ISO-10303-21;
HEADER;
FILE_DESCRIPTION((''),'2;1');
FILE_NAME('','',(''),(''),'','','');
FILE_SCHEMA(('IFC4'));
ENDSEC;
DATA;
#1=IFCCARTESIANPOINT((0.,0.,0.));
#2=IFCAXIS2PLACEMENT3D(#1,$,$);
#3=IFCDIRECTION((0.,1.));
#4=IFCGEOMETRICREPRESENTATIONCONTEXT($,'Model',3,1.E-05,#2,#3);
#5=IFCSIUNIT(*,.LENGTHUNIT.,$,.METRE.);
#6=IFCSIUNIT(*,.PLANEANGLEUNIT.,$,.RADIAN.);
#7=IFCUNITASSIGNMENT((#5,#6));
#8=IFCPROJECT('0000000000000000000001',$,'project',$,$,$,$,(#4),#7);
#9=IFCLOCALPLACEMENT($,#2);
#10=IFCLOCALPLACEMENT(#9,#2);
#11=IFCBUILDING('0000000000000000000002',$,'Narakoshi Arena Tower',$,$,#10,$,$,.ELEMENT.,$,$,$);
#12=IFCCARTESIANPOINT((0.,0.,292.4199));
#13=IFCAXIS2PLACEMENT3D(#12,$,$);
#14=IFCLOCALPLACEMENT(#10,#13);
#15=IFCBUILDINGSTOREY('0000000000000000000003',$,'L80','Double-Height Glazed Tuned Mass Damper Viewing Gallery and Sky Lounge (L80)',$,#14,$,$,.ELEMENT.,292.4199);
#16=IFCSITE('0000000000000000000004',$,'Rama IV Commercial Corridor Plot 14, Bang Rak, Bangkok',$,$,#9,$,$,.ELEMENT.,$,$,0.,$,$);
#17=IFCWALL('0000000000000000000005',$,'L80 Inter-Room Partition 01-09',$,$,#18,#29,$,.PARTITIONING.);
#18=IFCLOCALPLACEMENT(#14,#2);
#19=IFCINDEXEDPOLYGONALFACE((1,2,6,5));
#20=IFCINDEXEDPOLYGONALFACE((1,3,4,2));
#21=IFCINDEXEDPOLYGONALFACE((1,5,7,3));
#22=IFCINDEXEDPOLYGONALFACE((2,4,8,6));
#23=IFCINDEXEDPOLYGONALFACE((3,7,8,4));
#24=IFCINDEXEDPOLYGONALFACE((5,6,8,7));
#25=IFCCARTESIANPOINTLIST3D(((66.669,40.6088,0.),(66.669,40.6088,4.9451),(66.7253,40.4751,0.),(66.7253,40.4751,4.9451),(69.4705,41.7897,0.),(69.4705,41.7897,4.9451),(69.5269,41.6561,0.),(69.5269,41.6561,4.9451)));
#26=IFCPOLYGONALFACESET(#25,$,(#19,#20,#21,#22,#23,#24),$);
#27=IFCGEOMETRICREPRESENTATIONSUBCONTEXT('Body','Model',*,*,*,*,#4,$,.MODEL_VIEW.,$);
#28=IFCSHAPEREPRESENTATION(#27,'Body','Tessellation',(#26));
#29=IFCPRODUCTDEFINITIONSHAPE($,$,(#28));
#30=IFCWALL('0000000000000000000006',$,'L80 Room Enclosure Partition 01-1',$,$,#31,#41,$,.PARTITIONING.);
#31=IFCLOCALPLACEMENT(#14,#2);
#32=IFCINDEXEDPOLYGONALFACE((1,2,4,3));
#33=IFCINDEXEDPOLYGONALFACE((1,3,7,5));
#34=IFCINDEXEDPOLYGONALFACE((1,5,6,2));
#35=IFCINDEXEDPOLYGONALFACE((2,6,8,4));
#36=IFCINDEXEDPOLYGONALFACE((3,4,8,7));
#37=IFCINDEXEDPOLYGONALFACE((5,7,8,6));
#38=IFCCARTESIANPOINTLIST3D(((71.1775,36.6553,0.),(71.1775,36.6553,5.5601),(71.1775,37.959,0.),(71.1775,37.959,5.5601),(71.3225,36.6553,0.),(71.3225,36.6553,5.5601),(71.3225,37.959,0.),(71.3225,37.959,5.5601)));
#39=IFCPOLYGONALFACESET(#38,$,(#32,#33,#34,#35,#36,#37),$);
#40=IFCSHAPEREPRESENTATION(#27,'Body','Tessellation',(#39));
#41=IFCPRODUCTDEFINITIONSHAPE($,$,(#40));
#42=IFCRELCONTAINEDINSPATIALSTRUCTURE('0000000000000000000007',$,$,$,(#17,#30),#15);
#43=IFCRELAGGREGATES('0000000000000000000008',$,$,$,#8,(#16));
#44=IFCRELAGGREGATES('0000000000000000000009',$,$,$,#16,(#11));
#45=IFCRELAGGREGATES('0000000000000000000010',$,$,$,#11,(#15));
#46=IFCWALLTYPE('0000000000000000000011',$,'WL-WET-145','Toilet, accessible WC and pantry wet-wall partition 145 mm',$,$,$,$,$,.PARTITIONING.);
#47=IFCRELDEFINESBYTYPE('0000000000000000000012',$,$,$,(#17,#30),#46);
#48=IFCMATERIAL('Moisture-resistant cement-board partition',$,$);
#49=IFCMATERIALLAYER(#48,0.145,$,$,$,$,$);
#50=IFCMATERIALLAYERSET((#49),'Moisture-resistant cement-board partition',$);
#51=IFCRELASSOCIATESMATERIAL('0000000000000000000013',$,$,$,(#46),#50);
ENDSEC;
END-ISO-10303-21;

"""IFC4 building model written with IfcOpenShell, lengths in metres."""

from ifc_helpers import new_model, si_unit, direction, frame, frame_2d, origin, place, context, subcontext, project, spatial, rectangle, extrude, material, layer, layer_set, type_object, element, save


model = new_model("IFC4")

# Units and contexts
model_context = context("Model", 3, precision=1e-05, world=origin(), true_north=direction((0.0, 1.0)))
body_context = subcontext(model_context, "Body", "Model", "MODEL_VIEW")
ifc_project = project(units=[si_unit("LENGTHUNIT", "METRE"), si_unit("PLANEANGLEUNIT", "RADIAN")], contexts=[model_context])

# Site, building, storey
site_placement = place(None, origin())
site = spatial("IfcSite", under=ifc_project, at=site_placement, Name="Rama IV Commercial Corridor Plot 14, Bang Rak, Bangkok", CompositionType="ELEMENT", RefElevation=0.0)
building_placement = place(site_placement, origin())
building = spatial("IfcBuilding", under=site, at=building_placement, Name="Narakoshi Arena Tower", CompositionType="ELEMENT")
storey_placement = place(building_placement, frame((0.0, 0.0, 292.4199)))
storey = spatial("IfcBuildingStorey", under=building, at=storey_placement, Name="L80", Description="Double-Height Glazed Tuned Mass Damper Viewing Gallery and Sky Lounge (L80)", CompositionType="ELEMENT", Elevation=292.4199)

# Shared definitions
ifc_material_1 = material(Name="Moisture-resistant cement-board partition")
ifc_layer_1 = layer(ifc_material_1, 0.145)
ifc_layer_set_1 = layer_set([ifc_layer_1], Name="Moisture-resistant cement-board partition")
wall_type_1 = type_object("IfcWallType", Name="WL-WET-145", Description="Toilet, accessible WC and pantry wet-wall partition 145 mm", PredefinedType="PARTITIONING", material=ifc_layer_set_1)

# Walls
wall_1_placement = place(storey_placement, frame((66.6973, 40.542, 0.0), z_axis=(0.0, 0.0, 1.0), x_axis=(0.92148, 0.388427, 0.0)))
element("IfcWall", 1, at=wall_1_placement, inside=storey, type_object=wall_type_1, Name="L80 Inter-Room Partition 01-09", PredefinedType="PARTITIONING", context=body_context, shape_type="SweptSolid", body=[
    extrude(rectangle(XDim=3.0403, YDim=0.145, at=frame_2d((1.52, 0.0))), origin(), (0.0, 0.0, 1.0), 4.9451),
])
wall_2_placement = place(storey_placement, frame((71.25, 37.959, 0.0), z_axis=(0.0, 0.0, 1.0), x_axis=(0.0, -1.0, 0.0)))
element("IfcWall", 2, at=wall_2_placement, inside=storey, type_object=wall_type_1, Name="L80 Room Enclosure Partition 01-1", PredefinedType="PARTITIONING", context=body_context, shape_type="SweptSolid", body=[
    extrude(rectangle(XDim=1.3037, YDim=0.145, at=frame_2d((0.6519, 0.0))), origin(), (0.0, 0.0, 1.0), 5.5601),
])

save(model, "model.ifc")
